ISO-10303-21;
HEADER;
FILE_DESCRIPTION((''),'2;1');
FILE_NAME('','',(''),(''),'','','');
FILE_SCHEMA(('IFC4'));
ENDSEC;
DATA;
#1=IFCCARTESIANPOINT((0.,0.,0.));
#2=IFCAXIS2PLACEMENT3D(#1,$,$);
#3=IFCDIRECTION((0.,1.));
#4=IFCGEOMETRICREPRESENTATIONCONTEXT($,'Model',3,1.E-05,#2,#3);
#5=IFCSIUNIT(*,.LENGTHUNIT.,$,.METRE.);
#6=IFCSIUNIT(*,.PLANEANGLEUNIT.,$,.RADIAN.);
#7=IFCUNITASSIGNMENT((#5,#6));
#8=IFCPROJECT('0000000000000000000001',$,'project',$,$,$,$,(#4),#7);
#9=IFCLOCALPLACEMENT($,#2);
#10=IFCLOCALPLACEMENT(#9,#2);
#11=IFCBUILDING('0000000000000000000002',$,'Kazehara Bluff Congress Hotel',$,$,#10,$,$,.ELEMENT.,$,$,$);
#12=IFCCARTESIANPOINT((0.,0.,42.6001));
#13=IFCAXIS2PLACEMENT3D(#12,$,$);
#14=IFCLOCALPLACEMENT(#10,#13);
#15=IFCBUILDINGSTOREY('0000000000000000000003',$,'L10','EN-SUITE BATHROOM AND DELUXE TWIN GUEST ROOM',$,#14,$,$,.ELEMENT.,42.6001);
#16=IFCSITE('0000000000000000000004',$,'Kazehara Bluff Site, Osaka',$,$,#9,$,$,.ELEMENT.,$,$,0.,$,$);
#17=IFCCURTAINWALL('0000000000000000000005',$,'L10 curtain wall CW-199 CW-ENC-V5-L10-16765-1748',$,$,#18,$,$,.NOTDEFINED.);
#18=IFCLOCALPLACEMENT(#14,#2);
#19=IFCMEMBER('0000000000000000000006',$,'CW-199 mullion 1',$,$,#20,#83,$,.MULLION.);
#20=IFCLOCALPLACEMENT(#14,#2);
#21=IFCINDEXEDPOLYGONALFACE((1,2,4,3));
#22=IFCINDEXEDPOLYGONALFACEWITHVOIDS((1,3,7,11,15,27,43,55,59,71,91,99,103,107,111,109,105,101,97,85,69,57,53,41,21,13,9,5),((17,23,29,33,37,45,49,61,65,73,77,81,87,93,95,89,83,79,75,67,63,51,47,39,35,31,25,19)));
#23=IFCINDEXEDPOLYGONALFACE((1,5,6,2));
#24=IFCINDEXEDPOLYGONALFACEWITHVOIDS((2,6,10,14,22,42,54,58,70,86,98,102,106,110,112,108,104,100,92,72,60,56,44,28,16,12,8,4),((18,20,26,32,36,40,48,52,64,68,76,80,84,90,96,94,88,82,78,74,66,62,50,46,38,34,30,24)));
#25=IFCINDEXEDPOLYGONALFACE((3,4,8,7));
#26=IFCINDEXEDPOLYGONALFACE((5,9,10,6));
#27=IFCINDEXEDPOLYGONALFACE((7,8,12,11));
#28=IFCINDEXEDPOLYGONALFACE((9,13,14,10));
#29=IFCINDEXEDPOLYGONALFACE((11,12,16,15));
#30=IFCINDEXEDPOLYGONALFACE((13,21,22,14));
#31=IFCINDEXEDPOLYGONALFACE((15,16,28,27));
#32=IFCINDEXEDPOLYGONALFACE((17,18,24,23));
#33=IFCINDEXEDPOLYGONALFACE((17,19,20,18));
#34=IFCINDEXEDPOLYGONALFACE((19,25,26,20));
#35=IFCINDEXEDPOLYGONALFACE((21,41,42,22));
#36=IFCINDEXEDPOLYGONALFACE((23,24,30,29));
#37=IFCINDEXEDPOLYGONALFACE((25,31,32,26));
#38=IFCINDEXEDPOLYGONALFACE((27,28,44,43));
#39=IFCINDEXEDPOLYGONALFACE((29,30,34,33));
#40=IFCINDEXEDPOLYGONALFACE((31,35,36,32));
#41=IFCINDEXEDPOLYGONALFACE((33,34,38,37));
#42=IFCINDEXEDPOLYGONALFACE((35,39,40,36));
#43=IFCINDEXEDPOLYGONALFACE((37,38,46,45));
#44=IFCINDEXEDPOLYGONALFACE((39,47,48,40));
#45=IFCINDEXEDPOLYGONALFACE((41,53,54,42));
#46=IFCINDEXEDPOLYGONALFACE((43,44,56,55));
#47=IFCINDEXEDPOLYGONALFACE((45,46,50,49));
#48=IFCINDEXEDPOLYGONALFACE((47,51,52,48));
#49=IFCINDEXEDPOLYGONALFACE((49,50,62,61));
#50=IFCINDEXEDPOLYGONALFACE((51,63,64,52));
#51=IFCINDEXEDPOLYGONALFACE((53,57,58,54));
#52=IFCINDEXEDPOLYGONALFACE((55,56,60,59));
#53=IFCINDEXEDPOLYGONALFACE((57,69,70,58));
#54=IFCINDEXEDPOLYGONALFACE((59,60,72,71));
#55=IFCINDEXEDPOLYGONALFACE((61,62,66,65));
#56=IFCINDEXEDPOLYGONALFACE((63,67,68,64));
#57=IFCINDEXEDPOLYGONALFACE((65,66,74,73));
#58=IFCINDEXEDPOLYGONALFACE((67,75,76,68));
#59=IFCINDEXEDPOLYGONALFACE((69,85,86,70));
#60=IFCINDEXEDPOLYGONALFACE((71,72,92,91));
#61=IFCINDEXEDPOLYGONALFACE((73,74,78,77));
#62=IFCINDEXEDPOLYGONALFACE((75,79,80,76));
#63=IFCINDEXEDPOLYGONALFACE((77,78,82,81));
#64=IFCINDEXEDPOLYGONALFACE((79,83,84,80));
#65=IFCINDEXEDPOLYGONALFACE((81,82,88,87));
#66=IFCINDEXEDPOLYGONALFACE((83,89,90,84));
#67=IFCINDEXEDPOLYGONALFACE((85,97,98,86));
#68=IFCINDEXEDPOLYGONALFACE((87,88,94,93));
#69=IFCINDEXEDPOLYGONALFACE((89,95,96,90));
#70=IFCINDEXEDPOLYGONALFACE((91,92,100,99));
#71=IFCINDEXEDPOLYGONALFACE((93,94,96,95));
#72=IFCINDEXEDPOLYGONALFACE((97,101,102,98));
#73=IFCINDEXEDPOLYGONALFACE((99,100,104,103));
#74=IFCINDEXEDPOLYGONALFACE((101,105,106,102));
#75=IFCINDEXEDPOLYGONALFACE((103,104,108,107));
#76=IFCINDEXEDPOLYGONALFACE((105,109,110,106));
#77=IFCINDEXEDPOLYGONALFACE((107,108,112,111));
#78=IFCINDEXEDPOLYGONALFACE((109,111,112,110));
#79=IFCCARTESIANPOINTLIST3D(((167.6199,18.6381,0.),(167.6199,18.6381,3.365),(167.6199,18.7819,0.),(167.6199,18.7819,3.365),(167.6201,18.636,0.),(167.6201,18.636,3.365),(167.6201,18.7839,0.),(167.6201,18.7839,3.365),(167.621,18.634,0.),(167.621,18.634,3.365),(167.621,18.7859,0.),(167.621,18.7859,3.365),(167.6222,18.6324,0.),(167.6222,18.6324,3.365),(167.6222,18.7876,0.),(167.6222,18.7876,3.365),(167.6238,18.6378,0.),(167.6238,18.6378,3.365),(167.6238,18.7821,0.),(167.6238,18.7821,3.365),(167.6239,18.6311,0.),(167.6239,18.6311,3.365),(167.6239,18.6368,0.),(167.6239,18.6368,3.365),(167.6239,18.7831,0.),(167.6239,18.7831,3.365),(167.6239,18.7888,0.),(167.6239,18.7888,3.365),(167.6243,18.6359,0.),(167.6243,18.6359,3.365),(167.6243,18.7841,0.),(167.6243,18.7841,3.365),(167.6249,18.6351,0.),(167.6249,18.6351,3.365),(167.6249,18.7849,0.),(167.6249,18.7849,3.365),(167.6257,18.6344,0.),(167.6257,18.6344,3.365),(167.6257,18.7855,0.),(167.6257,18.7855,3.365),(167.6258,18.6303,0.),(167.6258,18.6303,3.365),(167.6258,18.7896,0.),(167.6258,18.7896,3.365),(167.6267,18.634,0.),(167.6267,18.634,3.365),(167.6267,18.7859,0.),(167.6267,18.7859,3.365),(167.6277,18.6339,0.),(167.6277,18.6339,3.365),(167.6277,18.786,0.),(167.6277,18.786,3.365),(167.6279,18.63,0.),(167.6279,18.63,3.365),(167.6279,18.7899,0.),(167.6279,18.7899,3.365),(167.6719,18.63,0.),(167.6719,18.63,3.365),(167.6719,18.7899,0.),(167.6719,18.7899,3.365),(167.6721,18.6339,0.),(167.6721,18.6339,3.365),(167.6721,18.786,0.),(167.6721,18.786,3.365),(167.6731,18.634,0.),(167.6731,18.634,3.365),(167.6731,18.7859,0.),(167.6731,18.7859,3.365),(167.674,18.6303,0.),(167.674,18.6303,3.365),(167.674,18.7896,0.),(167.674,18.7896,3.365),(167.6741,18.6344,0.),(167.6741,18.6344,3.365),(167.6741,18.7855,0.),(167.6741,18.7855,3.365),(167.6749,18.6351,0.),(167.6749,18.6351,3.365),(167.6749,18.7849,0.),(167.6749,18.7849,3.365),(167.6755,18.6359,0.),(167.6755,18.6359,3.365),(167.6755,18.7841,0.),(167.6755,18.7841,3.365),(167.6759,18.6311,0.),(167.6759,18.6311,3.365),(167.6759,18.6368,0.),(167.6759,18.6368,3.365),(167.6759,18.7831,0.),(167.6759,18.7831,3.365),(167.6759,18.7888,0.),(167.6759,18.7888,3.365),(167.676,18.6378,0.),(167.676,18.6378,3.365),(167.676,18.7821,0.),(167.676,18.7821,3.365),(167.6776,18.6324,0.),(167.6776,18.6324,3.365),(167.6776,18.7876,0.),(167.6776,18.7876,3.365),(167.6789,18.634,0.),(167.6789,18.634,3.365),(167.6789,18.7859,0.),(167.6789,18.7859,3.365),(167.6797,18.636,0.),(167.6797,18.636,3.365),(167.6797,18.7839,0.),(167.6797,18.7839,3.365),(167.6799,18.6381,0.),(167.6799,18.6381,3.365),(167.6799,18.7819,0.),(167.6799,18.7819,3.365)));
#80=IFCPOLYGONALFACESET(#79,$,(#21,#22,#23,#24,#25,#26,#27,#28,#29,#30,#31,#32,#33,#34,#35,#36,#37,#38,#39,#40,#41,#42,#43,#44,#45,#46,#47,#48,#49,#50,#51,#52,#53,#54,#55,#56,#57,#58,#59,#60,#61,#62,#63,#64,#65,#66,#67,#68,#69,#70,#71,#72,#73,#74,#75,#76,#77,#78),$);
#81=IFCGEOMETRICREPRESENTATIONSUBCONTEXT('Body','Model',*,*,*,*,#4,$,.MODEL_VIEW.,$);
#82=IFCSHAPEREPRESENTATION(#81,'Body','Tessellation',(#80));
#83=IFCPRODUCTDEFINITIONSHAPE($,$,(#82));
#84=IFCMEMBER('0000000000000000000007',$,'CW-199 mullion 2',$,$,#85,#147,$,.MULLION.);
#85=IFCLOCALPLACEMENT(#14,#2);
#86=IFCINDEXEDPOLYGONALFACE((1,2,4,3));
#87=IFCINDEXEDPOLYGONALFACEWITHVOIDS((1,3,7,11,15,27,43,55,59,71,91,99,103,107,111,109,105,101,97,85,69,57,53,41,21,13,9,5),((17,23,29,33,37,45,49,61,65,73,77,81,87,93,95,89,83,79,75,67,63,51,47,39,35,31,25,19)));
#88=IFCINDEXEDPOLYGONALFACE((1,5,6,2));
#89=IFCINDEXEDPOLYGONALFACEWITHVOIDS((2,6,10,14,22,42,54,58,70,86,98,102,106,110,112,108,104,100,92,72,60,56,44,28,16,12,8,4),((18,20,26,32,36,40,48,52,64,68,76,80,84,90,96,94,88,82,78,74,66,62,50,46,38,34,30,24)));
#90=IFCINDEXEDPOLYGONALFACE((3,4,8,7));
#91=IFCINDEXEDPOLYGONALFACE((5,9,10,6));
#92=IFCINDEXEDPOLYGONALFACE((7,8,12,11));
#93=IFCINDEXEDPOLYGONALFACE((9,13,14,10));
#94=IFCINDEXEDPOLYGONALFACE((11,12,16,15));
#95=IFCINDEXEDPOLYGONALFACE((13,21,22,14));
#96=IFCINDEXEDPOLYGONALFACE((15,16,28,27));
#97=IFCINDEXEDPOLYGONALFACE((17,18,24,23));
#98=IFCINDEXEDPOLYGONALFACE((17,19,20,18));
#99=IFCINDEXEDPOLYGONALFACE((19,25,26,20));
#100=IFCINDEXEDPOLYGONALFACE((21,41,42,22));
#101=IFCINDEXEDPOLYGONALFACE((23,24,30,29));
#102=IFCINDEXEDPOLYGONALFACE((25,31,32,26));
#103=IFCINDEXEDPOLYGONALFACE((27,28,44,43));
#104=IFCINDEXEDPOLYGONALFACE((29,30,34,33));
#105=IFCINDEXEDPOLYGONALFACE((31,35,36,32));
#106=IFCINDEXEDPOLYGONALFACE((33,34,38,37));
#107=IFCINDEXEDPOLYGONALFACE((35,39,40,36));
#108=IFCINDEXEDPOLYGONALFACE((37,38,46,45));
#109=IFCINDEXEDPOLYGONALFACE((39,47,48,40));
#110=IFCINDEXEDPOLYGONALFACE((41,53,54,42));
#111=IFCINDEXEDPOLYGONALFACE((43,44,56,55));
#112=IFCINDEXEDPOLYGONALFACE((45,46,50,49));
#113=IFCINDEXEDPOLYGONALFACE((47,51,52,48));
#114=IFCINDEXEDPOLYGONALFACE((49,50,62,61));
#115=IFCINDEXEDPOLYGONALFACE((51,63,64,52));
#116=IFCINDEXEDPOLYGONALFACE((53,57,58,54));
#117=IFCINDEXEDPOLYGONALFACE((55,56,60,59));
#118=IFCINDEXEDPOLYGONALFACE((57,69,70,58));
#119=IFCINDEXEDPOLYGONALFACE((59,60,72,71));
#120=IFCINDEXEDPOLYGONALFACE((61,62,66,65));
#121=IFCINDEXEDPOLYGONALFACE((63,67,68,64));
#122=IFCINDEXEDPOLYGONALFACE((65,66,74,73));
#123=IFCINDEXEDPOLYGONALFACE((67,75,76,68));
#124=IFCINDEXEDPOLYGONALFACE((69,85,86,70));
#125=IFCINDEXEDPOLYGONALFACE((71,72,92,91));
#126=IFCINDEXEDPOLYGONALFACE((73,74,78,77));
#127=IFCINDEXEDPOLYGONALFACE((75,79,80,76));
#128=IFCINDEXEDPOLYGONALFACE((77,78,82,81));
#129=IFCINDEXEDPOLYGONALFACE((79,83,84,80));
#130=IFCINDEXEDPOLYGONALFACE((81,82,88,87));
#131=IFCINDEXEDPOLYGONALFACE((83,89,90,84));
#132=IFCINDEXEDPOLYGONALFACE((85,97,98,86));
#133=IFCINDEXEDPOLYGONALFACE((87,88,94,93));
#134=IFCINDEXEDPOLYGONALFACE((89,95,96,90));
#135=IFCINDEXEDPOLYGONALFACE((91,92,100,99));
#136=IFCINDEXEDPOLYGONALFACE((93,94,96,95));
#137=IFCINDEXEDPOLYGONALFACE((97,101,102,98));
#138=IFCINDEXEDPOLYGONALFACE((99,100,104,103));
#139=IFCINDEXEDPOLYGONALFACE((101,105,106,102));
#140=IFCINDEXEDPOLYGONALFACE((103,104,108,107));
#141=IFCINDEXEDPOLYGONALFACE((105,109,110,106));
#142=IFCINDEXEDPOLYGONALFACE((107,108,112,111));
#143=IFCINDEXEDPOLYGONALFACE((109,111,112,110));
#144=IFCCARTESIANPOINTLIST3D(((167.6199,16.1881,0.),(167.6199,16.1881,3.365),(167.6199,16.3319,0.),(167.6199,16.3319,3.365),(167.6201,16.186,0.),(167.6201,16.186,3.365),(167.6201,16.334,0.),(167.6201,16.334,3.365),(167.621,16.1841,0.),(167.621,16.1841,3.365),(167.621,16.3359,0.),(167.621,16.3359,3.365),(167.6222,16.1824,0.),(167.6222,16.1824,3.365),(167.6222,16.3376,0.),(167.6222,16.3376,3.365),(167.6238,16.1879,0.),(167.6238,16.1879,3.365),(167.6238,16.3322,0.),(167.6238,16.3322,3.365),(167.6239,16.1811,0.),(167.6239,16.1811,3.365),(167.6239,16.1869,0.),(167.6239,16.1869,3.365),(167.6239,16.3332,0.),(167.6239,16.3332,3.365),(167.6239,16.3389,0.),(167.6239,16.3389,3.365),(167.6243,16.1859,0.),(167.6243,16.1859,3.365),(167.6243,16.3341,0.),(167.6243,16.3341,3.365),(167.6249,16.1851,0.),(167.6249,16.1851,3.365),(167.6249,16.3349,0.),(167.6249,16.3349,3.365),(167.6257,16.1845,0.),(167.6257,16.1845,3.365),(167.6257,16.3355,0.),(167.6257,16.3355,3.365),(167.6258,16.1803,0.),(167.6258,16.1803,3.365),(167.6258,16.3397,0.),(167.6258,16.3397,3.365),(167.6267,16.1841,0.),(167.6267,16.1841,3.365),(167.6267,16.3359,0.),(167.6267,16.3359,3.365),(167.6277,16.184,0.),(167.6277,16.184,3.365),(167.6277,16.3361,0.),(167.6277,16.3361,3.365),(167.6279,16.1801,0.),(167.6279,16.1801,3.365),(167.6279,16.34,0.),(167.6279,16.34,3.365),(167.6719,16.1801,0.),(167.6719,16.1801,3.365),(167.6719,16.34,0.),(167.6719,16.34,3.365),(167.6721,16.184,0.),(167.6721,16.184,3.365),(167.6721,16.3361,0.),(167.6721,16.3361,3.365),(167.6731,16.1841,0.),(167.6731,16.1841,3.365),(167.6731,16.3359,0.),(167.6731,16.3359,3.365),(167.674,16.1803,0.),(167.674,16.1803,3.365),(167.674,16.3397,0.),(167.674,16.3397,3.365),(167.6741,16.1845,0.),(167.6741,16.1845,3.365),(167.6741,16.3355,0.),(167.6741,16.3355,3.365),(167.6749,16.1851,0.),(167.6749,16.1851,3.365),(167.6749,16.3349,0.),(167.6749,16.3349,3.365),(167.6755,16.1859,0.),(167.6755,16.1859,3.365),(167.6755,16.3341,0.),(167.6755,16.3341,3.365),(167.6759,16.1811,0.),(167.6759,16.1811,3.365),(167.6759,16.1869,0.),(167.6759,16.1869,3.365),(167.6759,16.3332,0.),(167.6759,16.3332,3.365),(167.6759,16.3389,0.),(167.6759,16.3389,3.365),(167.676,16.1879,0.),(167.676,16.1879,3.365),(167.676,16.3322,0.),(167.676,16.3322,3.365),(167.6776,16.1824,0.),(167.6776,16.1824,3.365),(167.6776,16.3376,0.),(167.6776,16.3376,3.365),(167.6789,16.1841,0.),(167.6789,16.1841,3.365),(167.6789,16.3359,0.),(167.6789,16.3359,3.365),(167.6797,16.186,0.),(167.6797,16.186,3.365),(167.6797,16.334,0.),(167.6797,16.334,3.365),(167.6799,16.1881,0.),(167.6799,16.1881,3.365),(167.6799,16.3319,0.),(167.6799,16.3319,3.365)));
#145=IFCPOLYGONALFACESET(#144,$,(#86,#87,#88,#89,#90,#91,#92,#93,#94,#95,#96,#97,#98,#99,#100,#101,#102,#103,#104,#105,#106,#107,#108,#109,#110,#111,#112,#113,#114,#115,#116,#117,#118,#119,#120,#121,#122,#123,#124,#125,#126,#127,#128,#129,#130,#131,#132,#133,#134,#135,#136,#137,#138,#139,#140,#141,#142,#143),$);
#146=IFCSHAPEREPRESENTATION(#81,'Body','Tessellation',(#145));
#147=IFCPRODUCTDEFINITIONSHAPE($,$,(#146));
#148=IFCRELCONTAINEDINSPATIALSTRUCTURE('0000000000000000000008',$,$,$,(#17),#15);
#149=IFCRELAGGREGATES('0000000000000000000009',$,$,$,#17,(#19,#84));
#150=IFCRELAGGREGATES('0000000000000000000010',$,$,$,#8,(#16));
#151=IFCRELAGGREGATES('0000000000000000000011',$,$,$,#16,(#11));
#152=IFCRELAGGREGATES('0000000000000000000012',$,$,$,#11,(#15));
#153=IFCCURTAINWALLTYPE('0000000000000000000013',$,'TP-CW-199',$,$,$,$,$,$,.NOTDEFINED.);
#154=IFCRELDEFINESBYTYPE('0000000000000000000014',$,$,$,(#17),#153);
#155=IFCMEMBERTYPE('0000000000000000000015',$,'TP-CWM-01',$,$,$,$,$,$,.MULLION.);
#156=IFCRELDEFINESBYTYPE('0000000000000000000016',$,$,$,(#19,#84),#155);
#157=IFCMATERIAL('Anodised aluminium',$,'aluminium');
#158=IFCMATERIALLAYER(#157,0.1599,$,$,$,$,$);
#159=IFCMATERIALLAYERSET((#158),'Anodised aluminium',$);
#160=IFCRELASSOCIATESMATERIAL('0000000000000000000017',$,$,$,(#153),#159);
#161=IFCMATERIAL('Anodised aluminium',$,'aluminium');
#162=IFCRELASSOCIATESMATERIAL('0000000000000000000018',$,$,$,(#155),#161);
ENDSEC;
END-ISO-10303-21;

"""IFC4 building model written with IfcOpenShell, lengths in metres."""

from ifc_helpers import new_model, si_unit, direction, frame, origin, origin_2d, place, context, subcontext, project, spatial, hollow_rectangle, extrude, material, layer, layer_set, material_profile, profile_set, type_object, element, aggregate, save


model = new_model("IFC4")

# Units and contexts
model_context = context("Model", 3, precision=1e-05, world=origin(), true_north=direction((0.0, 1.0)))
body_context = subcontext(model_context, "Body", "Model", "MODEL_VIEW")
ifc_project = project(units=[si_unit("LENGTHUNIT", "METRE"), si_unit("PLANEANGLEUNIT", "RADIAN")], contexts=[model_context])

# Site, building, storey
site_placement = place(None, origin())
site = spatial("IfcSite", under=ifc_project, at=site_placement, Name="Kazehara Bluff Site, Osaka", CompositionType="ELEMENT", RefElevation=0.0)
building_placement = place(site_placement, origin())
building = spatial("IfcBuilding", under=site, at=building_placement, Name="Kazehara Bluff Congress Hotel", CompositionType="ELEMENT")
storey_placement = place(building_placement, frame((0.0, 0.0, 42.6001)))
storey = spatial("IfcBuildingStorey", under=building, at=storey_placement, Name="L10", Description="EN-SUITE BATHROOM AND DELUXE TWIN GUEST ROOM", CompositionType="ELEMENT", Elevation=42.6001)

# Curtain wall, members
ifc_material_1 = material(Name="Anodised aluminium", Category="aluminium")
ifc_layer_1 = layer(ifc_material_1, 0.1599)
ifc_layer_set_1 = layer_set([ifc_layer_1], Name="Anodised aluminium")
curtain_wall_type_1 = type_object("IfcCurtainWallType", Name="TP-CW-199", PredefinedType="NOTDEFINED", material=ifc_layer_set_1)
curtain_wall_1_placement = place(storey_placement, origin())
curtain_wall_1 = element("IfcCurtainWall", 1, at=curtain_wall_1_placement, inside=storey, type_object=curtain_wall_type_1, Name="L10 curtain wall CW-199 CW-ENC-V5-L10-16765-1748", PredefinedType="NOTDEFINED")
ifc_material_2 = material(Name="Anodised aluminium", Category="aluminium")
ifc_material_profile_1 = material_profile(ifc_material_2, hollow_rectangle(XDim=0.0601, YDim=0.1599, WallThickness=0.0039, InnerFilletRadius=0.0039, OuterFilletRadius=0.0081, at=origin_2d()))
ifc_profile_set_1 = profile_set([ifc_material_profile_1], Name="Anodised aluminium")
member_type_1 = type_object("IfcMemberType", Name="TP-CWM-01", PredefinedType="MULLION", material=ifc_profile_set_1)
member_1_placement = place(storey_placement, frame((167.6499, 18.71, 0.0), z_axis=(0.0, 0.0, 1.0), x_axis=(1.0, 0.0, 0.0)))
member_1 = element("IfcMember", 2, at=member_1_placement, type_object=member_type_1, Name="CW-199 mullion 1", PredefinedType="MULLION", context=body_context, shape_type="SweptSolid", body=[
    extrude(hollow_rectangle(XDim=0.0601, YDim=0.1599, WallThickness=0.0039, InnerFilletRadius=0.0039, OuterFilletRadius=0.0081, at=origin_2d()), origin(), (0.0, 0.0, 1.0), 3.365),
])
member_2_placement = place(storey_placement, frame((167.6499, 16.26, 0.0), z_axis=(0.0, 0.0, 1.0), x_axis=(1.0, 0.0, 0.0)))
member_2 = element("IfcMember", 3, at=member_2_placement, type_object=member_type_1, Name="CW-199 mullion 2", PredefinedType="MULLION", context=body_context, shape_type="SweptSolid", body=[
    extrude(hollow_rectangle(XDim=0.0601, YDim=0.1599, WallThickness=0.0039, InnerFilletRadius=0.0039, OuterFilletRadius=0.0081, at=origin_2d()), origin(), (0.0, 0.0, 1.0), 3.365),
])

aggregate(curtain_wall_1, [member_1, member_2])

save(model, "model.ifc")
